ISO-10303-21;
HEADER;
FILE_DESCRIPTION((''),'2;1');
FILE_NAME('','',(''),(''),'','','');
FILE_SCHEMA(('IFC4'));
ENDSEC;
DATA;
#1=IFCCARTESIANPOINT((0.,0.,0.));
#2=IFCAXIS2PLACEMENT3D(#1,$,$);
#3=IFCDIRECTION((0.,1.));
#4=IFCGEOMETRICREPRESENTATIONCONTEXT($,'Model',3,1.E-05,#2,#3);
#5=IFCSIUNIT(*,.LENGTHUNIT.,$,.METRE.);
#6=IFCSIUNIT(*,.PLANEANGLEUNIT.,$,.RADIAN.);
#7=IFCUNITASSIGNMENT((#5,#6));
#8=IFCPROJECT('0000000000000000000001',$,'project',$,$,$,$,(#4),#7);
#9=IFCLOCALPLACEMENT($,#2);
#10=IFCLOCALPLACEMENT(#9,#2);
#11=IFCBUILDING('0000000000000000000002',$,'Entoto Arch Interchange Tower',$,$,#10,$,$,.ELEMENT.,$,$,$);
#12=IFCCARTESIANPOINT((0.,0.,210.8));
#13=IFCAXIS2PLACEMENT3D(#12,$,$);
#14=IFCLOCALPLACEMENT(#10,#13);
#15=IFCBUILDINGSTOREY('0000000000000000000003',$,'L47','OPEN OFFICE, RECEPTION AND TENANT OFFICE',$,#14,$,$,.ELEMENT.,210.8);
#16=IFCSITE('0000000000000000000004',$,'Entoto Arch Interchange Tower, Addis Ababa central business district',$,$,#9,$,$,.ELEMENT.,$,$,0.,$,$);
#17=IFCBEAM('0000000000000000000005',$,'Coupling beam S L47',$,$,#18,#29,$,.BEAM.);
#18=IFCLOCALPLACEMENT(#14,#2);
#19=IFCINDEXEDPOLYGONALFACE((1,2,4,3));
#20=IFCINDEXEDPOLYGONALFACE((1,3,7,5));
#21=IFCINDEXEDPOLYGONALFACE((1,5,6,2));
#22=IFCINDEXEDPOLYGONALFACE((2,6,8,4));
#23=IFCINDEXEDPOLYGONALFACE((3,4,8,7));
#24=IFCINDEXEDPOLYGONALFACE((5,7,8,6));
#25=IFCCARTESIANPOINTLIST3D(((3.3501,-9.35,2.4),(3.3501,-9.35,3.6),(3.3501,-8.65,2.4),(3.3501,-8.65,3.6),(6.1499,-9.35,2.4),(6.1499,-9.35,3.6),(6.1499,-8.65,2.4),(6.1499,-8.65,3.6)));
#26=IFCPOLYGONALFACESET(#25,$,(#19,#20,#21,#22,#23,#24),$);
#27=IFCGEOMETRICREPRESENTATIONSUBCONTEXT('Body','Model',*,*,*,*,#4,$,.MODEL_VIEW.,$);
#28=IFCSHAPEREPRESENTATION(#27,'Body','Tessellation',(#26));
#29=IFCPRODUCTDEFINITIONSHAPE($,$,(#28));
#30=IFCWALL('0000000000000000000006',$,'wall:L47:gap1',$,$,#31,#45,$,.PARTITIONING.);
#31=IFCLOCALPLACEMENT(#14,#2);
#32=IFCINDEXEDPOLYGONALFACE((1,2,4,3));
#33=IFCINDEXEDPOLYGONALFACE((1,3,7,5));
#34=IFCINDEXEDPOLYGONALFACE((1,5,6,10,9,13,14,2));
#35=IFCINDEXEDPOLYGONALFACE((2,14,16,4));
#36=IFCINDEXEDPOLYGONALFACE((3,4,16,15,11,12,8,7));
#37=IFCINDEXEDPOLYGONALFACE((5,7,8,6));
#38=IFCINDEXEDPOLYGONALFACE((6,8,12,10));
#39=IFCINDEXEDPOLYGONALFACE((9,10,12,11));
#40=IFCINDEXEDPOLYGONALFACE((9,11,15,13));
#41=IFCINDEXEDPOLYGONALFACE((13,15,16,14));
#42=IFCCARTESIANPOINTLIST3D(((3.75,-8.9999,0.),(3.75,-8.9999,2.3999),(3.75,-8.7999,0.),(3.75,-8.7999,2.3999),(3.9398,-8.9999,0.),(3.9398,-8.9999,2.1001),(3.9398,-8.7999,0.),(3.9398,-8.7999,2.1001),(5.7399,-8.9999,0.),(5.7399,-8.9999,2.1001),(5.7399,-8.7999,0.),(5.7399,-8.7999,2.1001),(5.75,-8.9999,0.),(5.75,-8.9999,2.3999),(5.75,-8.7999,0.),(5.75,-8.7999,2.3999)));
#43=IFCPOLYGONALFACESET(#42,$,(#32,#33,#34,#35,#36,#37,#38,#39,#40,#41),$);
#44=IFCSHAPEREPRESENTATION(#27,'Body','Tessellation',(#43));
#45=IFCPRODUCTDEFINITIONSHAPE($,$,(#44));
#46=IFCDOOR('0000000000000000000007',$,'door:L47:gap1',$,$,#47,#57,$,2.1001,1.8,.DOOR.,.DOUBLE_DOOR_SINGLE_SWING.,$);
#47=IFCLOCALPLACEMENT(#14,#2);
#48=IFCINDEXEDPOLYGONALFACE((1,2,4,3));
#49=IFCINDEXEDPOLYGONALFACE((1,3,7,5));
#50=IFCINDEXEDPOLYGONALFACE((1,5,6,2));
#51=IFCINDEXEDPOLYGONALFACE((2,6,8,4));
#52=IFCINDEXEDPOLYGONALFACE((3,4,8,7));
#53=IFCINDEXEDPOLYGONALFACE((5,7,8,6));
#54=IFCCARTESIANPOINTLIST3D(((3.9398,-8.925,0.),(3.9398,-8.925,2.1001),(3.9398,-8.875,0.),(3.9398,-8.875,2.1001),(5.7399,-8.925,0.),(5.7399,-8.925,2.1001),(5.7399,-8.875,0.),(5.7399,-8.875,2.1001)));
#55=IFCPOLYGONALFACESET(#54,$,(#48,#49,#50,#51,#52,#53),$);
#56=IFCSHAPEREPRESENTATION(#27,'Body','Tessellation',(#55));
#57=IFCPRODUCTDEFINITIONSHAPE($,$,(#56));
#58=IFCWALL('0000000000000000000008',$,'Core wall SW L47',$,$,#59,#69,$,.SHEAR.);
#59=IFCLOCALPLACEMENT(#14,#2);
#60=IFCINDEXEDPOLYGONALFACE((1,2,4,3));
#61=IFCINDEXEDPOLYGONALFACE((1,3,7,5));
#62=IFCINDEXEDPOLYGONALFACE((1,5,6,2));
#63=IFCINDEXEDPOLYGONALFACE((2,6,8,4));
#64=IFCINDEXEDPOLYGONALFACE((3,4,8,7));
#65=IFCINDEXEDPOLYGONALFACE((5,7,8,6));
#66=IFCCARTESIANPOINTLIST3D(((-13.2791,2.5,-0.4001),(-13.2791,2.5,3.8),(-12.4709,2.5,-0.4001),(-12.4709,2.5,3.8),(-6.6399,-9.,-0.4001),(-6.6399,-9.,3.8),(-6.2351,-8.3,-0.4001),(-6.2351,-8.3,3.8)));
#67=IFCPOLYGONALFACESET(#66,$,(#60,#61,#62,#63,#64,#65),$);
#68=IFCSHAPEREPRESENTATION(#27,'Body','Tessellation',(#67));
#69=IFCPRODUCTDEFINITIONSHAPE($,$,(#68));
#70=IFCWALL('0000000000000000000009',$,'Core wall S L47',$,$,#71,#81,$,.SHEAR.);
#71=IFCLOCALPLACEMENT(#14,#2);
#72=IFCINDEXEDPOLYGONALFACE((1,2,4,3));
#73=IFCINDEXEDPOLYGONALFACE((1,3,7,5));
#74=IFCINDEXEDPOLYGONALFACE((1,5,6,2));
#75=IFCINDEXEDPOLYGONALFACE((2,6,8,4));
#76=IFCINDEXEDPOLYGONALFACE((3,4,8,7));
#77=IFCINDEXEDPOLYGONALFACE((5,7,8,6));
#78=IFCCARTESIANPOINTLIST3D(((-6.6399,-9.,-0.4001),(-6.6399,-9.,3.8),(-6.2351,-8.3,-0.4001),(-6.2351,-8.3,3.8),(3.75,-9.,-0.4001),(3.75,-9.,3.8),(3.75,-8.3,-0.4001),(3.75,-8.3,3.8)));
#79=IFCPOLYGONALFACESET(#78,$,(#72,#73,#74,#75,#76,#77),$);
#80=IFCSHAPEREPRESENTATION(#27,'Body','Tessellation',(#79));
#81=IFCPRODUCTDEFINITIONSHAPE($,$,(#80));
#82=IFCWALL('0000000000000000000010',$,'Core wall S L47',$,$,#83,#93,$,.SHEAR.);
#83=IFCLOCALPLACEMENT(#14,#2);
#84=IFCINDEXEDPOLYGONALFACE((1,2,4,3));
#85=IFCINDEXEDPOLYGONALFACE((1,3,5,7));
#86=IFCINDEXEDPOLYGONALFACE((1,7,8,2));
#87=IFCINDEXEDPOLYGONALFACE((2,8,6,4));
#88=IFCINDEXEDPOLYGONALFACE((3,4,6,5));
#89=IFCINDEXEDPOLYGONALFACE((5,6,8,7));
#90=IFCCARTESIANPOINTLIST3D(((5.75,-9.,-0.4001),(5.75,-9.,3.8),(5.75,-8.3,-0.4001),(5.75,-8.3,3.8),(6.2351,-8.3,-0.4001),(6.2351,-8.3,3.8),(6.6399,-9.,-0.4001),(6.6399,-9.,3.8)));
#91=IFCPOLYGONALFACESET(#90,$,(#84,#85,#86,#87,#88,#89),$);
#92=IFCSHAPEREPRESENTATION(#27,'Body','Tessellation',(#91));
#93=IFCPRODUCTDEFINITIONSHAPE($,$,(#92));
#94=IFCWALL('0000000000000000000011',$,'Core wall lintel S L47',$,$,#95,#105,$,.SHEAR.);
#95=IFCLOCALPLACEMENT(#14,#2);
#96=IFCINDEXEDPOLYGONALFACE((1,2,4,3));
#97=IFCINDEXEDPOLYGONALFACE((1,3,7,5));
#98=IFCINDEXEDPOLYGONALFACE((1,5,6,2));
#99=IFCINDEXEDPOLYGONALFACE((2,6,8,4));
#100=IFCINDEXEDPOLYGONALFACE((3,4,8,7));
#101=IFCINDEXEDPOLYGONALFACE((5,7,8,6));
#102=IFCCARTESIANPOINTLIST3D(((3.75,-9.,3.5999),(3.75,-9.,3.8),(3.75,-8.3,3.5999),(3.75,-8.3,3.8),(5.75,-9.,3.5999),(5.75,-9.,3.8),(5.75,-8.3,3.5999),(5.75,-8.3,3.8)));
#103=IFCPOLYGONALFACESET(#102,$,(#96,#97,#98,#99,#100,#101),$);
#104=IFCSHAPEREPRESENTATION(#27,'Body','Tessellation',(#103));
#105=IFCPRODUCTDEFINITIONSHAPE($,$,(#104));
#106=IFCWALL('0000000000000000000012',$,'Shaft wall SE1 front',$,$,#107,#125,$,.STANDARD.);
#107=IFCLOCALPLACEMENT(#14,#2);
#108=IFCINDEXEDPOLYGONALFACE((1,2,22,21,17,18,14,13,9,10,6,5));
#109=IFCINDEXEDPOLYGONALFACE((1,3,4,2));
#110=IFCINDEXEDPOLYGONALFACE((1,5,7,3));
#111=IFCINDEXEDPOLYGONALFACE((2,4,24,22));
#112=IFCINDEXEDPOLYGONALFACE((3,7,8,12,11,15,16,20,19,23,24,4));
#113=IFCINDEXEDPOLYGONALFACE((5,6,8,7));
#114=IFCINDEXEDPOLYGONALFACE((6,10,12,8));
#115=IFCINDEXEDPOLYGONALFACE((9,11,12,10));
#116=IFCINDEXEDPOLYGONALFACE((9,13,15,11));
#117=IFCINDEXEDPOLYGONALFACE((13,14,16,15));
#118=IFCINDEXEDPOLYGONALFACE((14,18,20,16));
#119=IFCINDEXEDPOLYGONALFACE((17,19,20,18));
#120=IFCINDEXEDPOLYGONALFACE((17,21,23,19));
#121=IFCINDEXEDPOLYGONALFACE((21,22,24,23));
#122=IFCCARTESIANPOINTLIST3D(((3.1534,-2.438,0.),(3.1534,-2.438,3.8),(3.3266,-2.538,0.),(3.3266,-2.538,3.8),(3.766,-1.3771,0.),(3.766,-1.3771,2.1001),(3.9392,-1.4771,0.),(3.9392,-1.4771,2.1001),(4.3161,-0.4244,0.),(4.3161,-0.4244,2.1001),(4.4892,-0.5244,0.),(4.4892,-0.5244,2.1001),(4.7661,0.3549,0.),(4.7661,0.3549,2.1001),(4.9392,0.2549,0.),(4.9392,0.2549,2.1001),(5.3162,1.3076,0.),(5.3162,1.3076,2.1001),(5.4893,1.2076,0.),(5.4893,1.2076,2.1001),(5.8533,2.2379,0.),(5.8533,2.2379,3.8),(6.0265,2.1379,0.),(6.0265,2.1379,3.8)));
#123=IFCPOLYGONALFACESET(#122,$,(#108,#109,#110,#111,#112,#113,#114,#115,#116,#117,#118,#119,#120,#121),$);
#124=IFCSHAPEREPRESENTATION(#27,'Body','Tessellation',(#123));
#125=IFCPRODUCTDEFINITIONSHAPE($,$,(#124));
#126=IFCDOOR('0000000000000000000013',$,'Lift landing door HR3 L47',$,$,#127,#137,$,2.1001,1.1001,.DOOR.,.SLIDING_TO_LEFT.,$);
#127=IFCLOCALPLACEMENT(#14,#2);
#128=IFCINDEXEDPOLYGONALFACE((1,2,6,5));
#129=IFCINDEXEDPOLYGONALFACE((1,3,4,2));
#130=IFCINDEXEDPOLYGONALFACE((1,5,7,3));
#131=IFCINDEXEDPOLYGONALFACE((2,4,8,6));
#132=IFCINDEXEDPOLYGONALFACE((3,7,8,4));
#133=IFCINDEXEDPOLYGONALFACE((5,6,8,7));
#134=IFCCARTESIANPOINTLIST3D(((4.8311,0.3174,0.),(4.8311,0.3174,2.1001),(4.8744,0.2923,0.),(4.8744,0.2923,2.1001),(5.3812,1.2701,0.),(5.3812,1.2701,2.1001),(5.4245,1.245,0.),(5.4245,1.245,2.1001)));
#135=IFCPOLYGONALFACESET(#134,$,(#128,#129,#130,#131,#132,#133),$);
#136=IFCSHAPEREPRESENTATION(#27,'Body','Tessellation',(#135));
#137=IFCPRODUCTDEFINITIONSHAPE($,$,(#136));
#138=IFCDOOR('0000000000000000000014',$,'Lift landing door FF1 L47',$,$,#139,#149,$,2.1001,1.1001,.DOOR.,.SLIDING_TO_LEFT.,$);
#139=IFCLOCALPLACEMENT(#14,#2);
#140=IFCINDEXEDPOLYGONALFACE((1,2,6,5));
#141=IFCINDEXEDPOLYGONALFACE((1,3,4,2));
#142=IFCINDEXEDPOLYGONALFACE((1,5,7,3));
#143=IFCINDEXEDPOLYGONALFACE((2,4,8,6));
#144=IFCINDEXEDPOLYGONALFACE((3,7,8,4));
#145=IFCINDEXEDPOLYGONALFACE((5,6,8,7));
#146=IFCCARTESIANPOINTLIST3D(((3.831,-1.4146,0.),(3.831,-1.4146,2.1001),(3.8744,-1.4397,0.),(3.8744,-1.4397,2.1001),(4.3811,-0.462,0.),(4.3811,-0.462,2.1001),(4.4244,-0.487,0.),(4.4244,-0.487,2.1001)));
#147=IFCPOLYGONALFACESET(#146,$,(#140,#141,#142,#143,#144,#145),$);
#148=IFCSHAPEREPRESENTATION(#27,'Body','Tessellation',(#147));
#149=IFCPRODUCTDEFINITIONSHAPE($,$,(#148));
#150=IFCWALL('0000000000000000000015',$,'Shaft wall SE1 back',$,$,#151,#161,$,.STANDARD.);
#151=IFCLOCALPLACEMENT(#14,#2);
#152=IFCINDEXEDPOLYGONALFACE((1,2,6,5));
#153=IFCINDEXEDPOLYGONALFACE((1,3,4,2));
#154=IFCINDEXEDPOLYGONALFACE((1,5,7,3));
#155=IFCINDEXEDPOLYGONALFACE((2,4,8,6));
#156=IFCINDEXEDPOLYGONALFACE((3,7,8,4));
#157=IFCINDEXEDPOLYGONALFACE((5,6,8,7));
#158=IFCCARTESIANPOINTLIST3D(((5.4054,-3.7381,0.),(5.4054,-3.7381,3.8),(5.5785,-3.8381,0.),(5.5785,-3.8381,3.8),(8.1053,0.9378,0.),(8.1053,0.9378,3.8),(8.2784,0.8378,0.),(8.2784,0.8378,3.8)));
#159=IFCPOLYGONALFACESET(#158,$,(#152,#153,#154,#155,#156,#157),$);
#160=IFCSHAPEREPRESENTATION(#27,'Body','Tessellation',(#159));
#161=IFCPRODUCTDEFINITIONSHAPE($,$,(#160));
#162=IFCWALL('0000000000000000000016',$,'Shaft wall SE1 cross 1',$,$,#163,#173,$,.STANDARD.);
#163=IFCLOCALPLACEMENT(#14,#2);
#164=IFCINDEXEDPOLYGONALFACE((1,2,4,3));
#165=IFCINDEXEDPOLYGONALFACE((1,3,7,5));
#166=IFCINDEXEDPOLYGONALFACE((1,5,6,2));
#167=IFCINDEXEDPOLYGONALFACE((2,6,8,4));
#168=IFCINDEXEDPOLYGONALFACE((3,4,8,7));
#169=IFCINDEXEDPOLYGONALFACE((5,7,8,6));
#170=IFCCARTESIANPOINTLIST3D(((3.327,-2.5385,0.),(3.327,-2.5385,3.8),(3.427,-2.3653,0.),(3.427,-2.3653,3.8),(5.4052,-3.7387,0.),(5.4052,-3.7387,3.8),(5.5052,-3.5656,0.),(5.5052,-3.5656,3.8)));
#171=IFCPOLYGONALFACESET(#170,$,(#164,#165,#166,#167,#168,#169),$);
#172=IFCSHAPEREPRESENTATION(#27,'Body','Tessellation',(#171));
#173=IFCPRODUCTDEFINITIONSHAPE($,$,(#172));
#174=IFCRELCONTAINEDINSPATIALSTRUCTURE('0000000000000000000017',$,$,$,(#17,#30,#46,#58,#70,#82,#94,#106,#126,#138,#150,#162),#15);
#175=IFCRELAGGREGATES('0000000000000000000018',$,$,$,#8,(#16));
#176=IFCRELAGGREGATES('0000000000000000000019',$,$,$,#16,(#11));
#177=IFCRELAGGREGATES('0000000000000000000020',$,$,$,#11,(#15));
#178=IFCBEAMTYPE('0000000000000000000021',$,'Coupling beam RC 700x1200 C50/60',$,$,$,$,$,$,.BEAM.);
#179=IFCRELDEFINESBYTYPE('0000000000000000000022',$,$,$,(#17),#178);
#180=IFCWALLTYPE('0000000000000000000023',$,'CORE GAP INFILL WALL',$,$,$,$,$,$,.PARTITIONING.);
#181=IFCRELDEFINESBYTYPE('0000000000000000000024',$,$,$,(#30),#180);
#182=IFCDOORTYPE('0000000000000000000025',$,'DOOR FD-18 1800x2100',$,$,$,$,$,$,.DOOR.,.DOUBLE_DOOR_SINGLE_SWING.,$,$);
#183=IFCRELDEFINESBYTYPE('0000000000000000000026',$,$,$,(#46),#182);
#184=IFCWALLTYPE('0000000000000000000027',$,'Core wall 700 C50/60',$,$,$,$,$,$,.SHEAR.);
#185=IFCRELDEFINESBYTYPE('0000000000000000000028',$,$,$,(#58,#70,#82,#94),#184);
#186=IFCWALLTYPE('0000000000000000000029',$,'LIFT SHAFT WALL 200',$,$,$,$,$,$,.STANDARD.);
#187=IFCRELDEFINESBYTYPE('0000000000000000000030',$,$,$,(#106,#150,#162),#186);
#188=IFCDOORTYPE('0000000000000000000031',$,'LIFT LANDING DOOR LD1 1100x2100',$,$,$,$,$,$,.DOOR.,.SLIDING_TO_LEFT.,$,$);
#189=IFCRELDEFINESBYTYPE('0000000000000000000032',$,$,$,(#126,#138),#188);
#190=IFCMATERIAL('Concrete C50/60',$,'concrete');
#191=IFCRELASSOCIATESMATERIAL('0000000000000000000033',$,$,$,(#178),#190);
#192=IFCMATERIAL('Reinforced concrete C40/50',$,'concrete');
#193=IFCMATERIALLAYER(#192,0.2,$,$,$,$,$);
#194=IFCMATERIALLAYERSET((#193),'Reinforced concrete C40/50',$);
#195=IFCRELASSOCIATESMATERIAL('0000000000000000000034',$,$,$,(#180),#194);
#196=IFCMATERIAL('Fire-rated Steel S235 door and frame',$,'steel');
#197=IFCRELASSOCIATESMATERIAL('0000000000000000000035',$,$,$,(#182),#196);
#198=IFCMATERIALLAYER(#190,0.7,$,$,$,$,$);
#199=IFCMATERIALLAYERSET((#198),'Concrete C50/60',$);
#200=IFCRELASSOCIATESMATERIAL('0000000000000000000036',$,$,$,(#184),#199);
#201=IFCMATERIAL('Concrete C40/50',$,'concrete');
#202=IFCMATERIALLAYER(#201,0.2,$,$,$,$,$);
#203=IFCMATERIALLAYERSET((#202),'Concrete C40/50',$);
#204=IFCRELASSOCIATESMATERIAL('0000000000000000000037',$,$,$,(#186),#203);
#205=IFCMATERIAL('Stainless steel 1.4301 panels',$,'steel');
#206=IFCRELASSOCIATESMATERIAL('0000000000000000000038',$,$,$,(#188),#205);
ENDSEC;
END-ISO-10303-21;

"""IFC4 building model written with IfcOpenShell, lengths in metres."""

from ifc_helpers import new_model, si_unit, direction, frame, frame_2d, origin, origin_2d, place, context, subcontext, project, spatial, polyline, rectangle, outline, extrude, material, layer, layer_set, material_profile, profile_set, type_object, element, fill, save


model = new_model("IFC4")

# Units and contexts
model_context = context("Model", 3, precision=1e-05, world=origin(), true_north=direction((0.0, 1.0)))
body_context = subcontext(model_context, "Body", "Model", "MODEL_VIEW")
ifc_project = project(units=[si_unit("LENGTHUNIT", "METRE"), si_unit("PLANEANGLEUNIT", "RADIAN")], contexts=[model_context])

# Site, building, storey
site_placement = place(None, origin())
site = spatial("IfcSite", under=ifc_project, at=site_placement, Name="Entoto Arch Interchange Tower, Addis Ababa central business district", CompositionType="ELEMENT", RefElevation=0.0)
building_placement = place(site_placement, origin())
building = spatial("IfcBuilding", under=site, at=building_placement, Name="Entoto Arch Interchange Tower", CompositionType="ELEMENT")
storey_placement = place(building_placement, frame((0.0, 0.0, 210.8)))
storey = spatial("IfcBuildingStorey", under=building, at=storey_placement, Name="L47", Description="OPEN OFFICE, RECEPTION AND TENANT OFFICE", CompositionType="ELEMENT", Elevation=210.8)

# Beam
ifc_material_1 = material(Name="Concrete C50/60", Category="concrete")
ifc_material_profile = material_profile(ifc_material_1, rectangle(XDim=0.7, YDim=1.2, at=origin_2d()))
ifc_profile_set = profile_set([ifc_material_profile], Name="Concrete C50/60")
beam_type = type_object("IfcBeamType", Name="Coupling beam RC 700x1200 C50/60", PredefinedType="BEAM", material=ifc_profile_set)
beam_placement = place(storey_placement, frame((3.3501, -9.0, 3.0), z_axis=(1.0, 0.0, 0.0), x_axis=(0.0, 1.0, 0.0)))
element("IfcBeam", 1, at=beam_placement, inside=storey, type_object=beam_type, Name="Coupling beam S L47", PredefinedType="BEAM", context=body_context, shape_type="SweptSolid", body=[
    extrude(rectangle(XDim=0.7, YDim=1.2, at=origin_2d()), origin(), (0.0, 0.0, 1.0), 2.7998),
])

# Wall, opening, door
ifc_material_2 = material(Name="Reinforced concrete C40/50", Category="concrete")
ifc_layer_1 = layer(ifc_material_2, 0.2)
ifc_layer_set_1 = layer_set([ifc_layer_1], Name="Reinforced concrete C40/50")
wall_type_1 = type_object("IfcWallType", Name="CORE GAP INFILL WALL", PredefinedType="PARTITIONING", material=ifc_layer_set_1)
wall_1_placement = place(storey_placement, frame((3.75, -8.8999, 0.0), z_axis=(0.0, 0.0, 1.0), x_axis=(1.0, 0.0, 0.0)))
wall_1 = element("IfcWall", 2, at=wall_1_placement, inside=storey, type_object=wall_type_1, Name="wall:L47:gap1", PredefinedType="PARTITIONING", context=body_context, shape_type="SweptSolid", body=[
    extrude(rectangle(XDim=2.0, YDim=0.2, at=frame_2d((1.0, 0.0))), origin(), (0.0, 0.0, 1.0), 2.3999),
])
opening_1_placement = place(wall_1_placement, frame((0.1899, 0.0, 0.0)))
opening_1 = element("IfcOpeningElement", 3, at=opening_1_placement, cuts=wall_1, PredefinedType="OPENING", context=body_context, shape_type="SweptSolid", body=[
    extrude(rectangle(XDim=1.8, YDim=2.1001, at=frame_2d((0.8999, 1.05))), frame((0.0, 0.1099, 0.0), z_axis=(0.0, -1.0, 0.0), x_axis=(1.0, 0.0, 0.0)), (0.0, 0.0, 1.0), 0.22),
])
ifc_material_3 = material(Name="Fire-rated Steel S235 door and frame", Category="steel")
door_type_1 = type_object("IfcDoorType", Name="DOOR FD-18 1800x2100", OperationType="DOUBLE_DOOR_SINGLE_SWING", PredefinedType="DOOR", material=ifc_material_3)
door_1_placement = place(opening_1_placement, origin())
door_1 = element("IfcDoor", 4, at=door_1_placement, inside=storey, type_object=door_type_1, Name="door:L47:gap1", OperationType="DOUBLE_DOOR_SINGLE_SWING", OverallHeight=2.1001, OverallWidth=1.8, PredefinedType="DOOR", context=body_context, shape_type="SweptSolid", body=[
    extrude(rectangle(XDim=1.8, YDim=2.1001, at=frame_2d((0.8999, 1.05))), frame((0.0, 0.0249, 0.0), z_axis=(0.0, -1.0, 0.0), x_axis=(1.0, 0.0, 0.0)), (0.0, 0.0, 1.0), 0.05),
])
fill(opening_1, door_1)

# Walls
ifc_layer_2 = layer(ifc_material_1, 0.7)
ifc_layer_set_2 = layer_set([ifc_layer_2], Name="Concrete C50/60")
wall_type_2 = type_object("IfcWallType", Name="Core wall 700 C50/60", PredefinedType="SHEAR", material=ifc_layer_set_2)
wall_2_placement = place(storey_placement, frame((0.0, 0.0, -0.4001)))
element("IfcWall", 5, at=wall_2_placement, inside=storey, type_object=wall_type_2, Name="Core wall SW L47", PredefinedType="SHEAR", context=body_context, shape_type="SweptSolid", body=[
    extrude(outline(polyline([(-13.2791, 2.5), (-6.6399, -9.0), (-6.2351, -8.3), (-12.4709, 2.5), (-13.2791, 2.5)])), origin(), (0.0, 0.0, 1.0), 4.2002),
])
wall_3_placement = place(storey_placement, frame((0.0, 0.0, -0.4001)))
element("IfcWall", 6, at=wall_3_placement, inside=storey, type_object=wall_type_2, Name="Core wall S L47", PredefinedType="SHEAR", context=body_context, shape_type="SweptSolid", body=[
    extrude(outline(polyline([(3.75, -9.0), (3.75, -8.3), (-6.2351, -8.3), (-6.6399, -9.0), (3.75, -9.0)])), origin(), (0.0, 0.0, 1.0), 4.2002),
])
wall_4_placement = place(storey_placement, frame((0.0, 0.0, -0.4001)))
element("IfcWall", 7, at=wall_4_placement, inside=storey, type_object=wall_type_2, Name="Core wall S L47", PredefinedType="SHEAR", context=body_context, shape_type="SweptSolid", body=[
    extrude(outline(polyline([(5.75, -8.3), (5.75, -9.0), (6.6399, -9.0), (6.2351, -8.3), (5.75, -8.3)])), origin(), (0.0, 0.0, 1.0), 4.2002),
])
wall_5_placement = place(storey_placement, frame((0.0, 0.0, 3.5999)))
element("IfcWall", 8, at=wall_5_placement, inside=storey, type_object=wall_type_2, Name="Core wall lintel S L47", PredefinedType="SHEAR", context=body_context, shape_type="SweptSolid", body=[
    extrude(outline(polyline([(5.75, -9.0), (5.75, -8.3), (3.75, -8.3), (3.75, -9.0), (5.75, -9.0)])), origin(), (0.0, 0.0, 1.0), 0.2002),
])

# Wall, openings, doors
ifc_material_4 = material(Name="Concrete C40/50", Category="concrete")
ifc_layer_3 = layer(ifc_material_4, 0.2)
ifc_layer_set_3 = layer_set([ifc_layer_3], Name="Concrete C40/50")
wall_type_3 = type_object("IfcWallType", Name="LIFT SHAFT WALL 200", PredefinedType="STANDARD", material=ifc_layer_set_3)
wall_6_placement = place(storey_placement, frame((3.24, -2.488, 0.0), z_axis=(0.0, 0.0, 1.0), x_axis=(0.500034, 0.866006, 0.0)))
wall_6 = element("IfcWall", 9, at=wall_6_placement, inside=storey, type_object=wall_type_3, Name="Shaft wall SE1 front", PredefinedType="STANDARD", context=body_context, shape_type="SweptSolid", body=[
    extrude(rectangle(XDim=5.3994, YDim=0.2, at=frame_2d((2.6997, 0.0))), origin(), (0.0, 0.0, 1.0), 3.8),
])
opening_2_placement = place(wall_6_placement, frame((3.2251, 0.0, 0.0)))
opening_2 = element("IfcOpeningElement", 10, at=opening_2_placement, cuts=wall_6, PredefinedType="OPENING", context=body_context, shape_type="SweptSolid", body=[
    extrude(rectangle(XDim=1.1001, YDim=2.1001, at=frame_2d((0.55, 1.05))), frame((0.0, 0.1099, 0.0), z_axis=(0.0, -1.0, 0.0), x_axis=(1.0, 0.0, 0.0)), (0.0, 0.0, 1.0), 0.22),
])
opening_3_placement = place(wall_6_placement, frame((1.2251, 0.0, 0.0)))
opening_3 = element("IfcOpeningElement", 11, at=opening_3_placement, cuts=wall_6, PredefinedType="OPENING", context=body_context, shape_type="SweptSolid", body=[
    extrude(rectangle(XDim=1.1001, YDim=2.1001, at=frame_2d((0.55, 1.05))), frame((0.0, 0.1099, 0.0), z_axis=(0.0, -1.0, 0.0), x_axis=(1.0, 0.0, 0.0)), (0.0, 0.0, 1.0), 0.22),
])
ifc_material_5 = material(Name="Stainless steel 1.4301 panels", Category="steel")
door_type_2 = type_object("IfcDoorType", Name="LIFT LANDING DOOR LD1 1100x2100", OperationType="SLIDING_TO_LEFT", PredefinedType="DOOR", material=ifc_material_5)
door_2_placement = place(opening_2_placement, origin())
door_2 = element("IfcDoor", 12, at=door_2_placement, inside=storey, type_object=door_type_2, Name="Lift landing door HR3 L47", OperationType="SLIDING_TO_LEFT", OverallHeight=2.1001, OverallWidth=1.1001, PredefinedType="DOOR", context=body_context, shape_type="SweptSolid", body=[
    extrude(rectangle(XDim=1.1001, YDim=2.1001, at=frame_2d((0.55, 1.05))), frame((0.0, 0.0249, 0.0), z_axis=(0.0, -1.0, 0.0), x_axis=(1.0, 0.0, 0.0)), (0.0, 0.0, 1.0), 0.05),
])
fill(opening_2, door_2)
door_3_placement = place(opening_3_placement, origin())
door_3 = element("IfcDoor", 13, at=door_3_placement, inside=storey, type_object=door_type_2, Name="Lift landing door FF1 L47", OperationType="SLIDING_TO_LEFT", OverallHeight=2.1001, OverallWidth=1.1001, PredefinedType="DOOR", context=body_context, shape_type="SweptSolid", body=[
    extrude(rectangle(XDim=1.1001, YDim=2.1001, at=frame_2d((0.55, 1.05))), frame((0.0, 0.0249, 0.0), z_axis=(0.0, -1.0, 0.0), x_axis=(1.0, 0.0, 0.0)), (0.0, 0.0, 1.0), 0.05),
])
fill(opening_3, door_3)

# Walls
wall_7_placement = place(storey_placement, frame((5.4919, -3.7881, 0.0), z_axis=(0.0, 0.0, 1.0), x_axis=(0.500034, 0.866006, 0.0)))
element("IfcWall", 14, at=wall_7_placement, inside=storey, type_object=wall_type_3, Name="Shaft wall SE1 back", PredefinedType="STANDARD", context=body_context, shape_type="SweptSolid", body=[
    extrude(rectangle(XDim=5.3994, YDim=0.2, at=frame_2d((2.6997, 0.0))), origin(), (0.0, 0.0, 1.0), 3.8),
])
wall_8_placement = place(storey_placement, frame((3.377, -2.4519, 0.0), z_axis=(0.0, 0.0, 1.0), x_axis=(0.865955, -0.500122, 0.0)))
element("IfcWall", 15, at=wall_8_placement, inside=storey, type_object=wall_type_3, Name="Shaft wall SE1 cross 1", PredefinedType="STANDARD", context=body_context, shape_type="SweptSolid", body=[
    extrude(rectangle(XDim=2.3999, YDim=0.2, at=frame_2d((1.2, 0.0))), origin(), (0.0, 0.0, 1.0), 3.8),
])

save(model, "model.ifc")
